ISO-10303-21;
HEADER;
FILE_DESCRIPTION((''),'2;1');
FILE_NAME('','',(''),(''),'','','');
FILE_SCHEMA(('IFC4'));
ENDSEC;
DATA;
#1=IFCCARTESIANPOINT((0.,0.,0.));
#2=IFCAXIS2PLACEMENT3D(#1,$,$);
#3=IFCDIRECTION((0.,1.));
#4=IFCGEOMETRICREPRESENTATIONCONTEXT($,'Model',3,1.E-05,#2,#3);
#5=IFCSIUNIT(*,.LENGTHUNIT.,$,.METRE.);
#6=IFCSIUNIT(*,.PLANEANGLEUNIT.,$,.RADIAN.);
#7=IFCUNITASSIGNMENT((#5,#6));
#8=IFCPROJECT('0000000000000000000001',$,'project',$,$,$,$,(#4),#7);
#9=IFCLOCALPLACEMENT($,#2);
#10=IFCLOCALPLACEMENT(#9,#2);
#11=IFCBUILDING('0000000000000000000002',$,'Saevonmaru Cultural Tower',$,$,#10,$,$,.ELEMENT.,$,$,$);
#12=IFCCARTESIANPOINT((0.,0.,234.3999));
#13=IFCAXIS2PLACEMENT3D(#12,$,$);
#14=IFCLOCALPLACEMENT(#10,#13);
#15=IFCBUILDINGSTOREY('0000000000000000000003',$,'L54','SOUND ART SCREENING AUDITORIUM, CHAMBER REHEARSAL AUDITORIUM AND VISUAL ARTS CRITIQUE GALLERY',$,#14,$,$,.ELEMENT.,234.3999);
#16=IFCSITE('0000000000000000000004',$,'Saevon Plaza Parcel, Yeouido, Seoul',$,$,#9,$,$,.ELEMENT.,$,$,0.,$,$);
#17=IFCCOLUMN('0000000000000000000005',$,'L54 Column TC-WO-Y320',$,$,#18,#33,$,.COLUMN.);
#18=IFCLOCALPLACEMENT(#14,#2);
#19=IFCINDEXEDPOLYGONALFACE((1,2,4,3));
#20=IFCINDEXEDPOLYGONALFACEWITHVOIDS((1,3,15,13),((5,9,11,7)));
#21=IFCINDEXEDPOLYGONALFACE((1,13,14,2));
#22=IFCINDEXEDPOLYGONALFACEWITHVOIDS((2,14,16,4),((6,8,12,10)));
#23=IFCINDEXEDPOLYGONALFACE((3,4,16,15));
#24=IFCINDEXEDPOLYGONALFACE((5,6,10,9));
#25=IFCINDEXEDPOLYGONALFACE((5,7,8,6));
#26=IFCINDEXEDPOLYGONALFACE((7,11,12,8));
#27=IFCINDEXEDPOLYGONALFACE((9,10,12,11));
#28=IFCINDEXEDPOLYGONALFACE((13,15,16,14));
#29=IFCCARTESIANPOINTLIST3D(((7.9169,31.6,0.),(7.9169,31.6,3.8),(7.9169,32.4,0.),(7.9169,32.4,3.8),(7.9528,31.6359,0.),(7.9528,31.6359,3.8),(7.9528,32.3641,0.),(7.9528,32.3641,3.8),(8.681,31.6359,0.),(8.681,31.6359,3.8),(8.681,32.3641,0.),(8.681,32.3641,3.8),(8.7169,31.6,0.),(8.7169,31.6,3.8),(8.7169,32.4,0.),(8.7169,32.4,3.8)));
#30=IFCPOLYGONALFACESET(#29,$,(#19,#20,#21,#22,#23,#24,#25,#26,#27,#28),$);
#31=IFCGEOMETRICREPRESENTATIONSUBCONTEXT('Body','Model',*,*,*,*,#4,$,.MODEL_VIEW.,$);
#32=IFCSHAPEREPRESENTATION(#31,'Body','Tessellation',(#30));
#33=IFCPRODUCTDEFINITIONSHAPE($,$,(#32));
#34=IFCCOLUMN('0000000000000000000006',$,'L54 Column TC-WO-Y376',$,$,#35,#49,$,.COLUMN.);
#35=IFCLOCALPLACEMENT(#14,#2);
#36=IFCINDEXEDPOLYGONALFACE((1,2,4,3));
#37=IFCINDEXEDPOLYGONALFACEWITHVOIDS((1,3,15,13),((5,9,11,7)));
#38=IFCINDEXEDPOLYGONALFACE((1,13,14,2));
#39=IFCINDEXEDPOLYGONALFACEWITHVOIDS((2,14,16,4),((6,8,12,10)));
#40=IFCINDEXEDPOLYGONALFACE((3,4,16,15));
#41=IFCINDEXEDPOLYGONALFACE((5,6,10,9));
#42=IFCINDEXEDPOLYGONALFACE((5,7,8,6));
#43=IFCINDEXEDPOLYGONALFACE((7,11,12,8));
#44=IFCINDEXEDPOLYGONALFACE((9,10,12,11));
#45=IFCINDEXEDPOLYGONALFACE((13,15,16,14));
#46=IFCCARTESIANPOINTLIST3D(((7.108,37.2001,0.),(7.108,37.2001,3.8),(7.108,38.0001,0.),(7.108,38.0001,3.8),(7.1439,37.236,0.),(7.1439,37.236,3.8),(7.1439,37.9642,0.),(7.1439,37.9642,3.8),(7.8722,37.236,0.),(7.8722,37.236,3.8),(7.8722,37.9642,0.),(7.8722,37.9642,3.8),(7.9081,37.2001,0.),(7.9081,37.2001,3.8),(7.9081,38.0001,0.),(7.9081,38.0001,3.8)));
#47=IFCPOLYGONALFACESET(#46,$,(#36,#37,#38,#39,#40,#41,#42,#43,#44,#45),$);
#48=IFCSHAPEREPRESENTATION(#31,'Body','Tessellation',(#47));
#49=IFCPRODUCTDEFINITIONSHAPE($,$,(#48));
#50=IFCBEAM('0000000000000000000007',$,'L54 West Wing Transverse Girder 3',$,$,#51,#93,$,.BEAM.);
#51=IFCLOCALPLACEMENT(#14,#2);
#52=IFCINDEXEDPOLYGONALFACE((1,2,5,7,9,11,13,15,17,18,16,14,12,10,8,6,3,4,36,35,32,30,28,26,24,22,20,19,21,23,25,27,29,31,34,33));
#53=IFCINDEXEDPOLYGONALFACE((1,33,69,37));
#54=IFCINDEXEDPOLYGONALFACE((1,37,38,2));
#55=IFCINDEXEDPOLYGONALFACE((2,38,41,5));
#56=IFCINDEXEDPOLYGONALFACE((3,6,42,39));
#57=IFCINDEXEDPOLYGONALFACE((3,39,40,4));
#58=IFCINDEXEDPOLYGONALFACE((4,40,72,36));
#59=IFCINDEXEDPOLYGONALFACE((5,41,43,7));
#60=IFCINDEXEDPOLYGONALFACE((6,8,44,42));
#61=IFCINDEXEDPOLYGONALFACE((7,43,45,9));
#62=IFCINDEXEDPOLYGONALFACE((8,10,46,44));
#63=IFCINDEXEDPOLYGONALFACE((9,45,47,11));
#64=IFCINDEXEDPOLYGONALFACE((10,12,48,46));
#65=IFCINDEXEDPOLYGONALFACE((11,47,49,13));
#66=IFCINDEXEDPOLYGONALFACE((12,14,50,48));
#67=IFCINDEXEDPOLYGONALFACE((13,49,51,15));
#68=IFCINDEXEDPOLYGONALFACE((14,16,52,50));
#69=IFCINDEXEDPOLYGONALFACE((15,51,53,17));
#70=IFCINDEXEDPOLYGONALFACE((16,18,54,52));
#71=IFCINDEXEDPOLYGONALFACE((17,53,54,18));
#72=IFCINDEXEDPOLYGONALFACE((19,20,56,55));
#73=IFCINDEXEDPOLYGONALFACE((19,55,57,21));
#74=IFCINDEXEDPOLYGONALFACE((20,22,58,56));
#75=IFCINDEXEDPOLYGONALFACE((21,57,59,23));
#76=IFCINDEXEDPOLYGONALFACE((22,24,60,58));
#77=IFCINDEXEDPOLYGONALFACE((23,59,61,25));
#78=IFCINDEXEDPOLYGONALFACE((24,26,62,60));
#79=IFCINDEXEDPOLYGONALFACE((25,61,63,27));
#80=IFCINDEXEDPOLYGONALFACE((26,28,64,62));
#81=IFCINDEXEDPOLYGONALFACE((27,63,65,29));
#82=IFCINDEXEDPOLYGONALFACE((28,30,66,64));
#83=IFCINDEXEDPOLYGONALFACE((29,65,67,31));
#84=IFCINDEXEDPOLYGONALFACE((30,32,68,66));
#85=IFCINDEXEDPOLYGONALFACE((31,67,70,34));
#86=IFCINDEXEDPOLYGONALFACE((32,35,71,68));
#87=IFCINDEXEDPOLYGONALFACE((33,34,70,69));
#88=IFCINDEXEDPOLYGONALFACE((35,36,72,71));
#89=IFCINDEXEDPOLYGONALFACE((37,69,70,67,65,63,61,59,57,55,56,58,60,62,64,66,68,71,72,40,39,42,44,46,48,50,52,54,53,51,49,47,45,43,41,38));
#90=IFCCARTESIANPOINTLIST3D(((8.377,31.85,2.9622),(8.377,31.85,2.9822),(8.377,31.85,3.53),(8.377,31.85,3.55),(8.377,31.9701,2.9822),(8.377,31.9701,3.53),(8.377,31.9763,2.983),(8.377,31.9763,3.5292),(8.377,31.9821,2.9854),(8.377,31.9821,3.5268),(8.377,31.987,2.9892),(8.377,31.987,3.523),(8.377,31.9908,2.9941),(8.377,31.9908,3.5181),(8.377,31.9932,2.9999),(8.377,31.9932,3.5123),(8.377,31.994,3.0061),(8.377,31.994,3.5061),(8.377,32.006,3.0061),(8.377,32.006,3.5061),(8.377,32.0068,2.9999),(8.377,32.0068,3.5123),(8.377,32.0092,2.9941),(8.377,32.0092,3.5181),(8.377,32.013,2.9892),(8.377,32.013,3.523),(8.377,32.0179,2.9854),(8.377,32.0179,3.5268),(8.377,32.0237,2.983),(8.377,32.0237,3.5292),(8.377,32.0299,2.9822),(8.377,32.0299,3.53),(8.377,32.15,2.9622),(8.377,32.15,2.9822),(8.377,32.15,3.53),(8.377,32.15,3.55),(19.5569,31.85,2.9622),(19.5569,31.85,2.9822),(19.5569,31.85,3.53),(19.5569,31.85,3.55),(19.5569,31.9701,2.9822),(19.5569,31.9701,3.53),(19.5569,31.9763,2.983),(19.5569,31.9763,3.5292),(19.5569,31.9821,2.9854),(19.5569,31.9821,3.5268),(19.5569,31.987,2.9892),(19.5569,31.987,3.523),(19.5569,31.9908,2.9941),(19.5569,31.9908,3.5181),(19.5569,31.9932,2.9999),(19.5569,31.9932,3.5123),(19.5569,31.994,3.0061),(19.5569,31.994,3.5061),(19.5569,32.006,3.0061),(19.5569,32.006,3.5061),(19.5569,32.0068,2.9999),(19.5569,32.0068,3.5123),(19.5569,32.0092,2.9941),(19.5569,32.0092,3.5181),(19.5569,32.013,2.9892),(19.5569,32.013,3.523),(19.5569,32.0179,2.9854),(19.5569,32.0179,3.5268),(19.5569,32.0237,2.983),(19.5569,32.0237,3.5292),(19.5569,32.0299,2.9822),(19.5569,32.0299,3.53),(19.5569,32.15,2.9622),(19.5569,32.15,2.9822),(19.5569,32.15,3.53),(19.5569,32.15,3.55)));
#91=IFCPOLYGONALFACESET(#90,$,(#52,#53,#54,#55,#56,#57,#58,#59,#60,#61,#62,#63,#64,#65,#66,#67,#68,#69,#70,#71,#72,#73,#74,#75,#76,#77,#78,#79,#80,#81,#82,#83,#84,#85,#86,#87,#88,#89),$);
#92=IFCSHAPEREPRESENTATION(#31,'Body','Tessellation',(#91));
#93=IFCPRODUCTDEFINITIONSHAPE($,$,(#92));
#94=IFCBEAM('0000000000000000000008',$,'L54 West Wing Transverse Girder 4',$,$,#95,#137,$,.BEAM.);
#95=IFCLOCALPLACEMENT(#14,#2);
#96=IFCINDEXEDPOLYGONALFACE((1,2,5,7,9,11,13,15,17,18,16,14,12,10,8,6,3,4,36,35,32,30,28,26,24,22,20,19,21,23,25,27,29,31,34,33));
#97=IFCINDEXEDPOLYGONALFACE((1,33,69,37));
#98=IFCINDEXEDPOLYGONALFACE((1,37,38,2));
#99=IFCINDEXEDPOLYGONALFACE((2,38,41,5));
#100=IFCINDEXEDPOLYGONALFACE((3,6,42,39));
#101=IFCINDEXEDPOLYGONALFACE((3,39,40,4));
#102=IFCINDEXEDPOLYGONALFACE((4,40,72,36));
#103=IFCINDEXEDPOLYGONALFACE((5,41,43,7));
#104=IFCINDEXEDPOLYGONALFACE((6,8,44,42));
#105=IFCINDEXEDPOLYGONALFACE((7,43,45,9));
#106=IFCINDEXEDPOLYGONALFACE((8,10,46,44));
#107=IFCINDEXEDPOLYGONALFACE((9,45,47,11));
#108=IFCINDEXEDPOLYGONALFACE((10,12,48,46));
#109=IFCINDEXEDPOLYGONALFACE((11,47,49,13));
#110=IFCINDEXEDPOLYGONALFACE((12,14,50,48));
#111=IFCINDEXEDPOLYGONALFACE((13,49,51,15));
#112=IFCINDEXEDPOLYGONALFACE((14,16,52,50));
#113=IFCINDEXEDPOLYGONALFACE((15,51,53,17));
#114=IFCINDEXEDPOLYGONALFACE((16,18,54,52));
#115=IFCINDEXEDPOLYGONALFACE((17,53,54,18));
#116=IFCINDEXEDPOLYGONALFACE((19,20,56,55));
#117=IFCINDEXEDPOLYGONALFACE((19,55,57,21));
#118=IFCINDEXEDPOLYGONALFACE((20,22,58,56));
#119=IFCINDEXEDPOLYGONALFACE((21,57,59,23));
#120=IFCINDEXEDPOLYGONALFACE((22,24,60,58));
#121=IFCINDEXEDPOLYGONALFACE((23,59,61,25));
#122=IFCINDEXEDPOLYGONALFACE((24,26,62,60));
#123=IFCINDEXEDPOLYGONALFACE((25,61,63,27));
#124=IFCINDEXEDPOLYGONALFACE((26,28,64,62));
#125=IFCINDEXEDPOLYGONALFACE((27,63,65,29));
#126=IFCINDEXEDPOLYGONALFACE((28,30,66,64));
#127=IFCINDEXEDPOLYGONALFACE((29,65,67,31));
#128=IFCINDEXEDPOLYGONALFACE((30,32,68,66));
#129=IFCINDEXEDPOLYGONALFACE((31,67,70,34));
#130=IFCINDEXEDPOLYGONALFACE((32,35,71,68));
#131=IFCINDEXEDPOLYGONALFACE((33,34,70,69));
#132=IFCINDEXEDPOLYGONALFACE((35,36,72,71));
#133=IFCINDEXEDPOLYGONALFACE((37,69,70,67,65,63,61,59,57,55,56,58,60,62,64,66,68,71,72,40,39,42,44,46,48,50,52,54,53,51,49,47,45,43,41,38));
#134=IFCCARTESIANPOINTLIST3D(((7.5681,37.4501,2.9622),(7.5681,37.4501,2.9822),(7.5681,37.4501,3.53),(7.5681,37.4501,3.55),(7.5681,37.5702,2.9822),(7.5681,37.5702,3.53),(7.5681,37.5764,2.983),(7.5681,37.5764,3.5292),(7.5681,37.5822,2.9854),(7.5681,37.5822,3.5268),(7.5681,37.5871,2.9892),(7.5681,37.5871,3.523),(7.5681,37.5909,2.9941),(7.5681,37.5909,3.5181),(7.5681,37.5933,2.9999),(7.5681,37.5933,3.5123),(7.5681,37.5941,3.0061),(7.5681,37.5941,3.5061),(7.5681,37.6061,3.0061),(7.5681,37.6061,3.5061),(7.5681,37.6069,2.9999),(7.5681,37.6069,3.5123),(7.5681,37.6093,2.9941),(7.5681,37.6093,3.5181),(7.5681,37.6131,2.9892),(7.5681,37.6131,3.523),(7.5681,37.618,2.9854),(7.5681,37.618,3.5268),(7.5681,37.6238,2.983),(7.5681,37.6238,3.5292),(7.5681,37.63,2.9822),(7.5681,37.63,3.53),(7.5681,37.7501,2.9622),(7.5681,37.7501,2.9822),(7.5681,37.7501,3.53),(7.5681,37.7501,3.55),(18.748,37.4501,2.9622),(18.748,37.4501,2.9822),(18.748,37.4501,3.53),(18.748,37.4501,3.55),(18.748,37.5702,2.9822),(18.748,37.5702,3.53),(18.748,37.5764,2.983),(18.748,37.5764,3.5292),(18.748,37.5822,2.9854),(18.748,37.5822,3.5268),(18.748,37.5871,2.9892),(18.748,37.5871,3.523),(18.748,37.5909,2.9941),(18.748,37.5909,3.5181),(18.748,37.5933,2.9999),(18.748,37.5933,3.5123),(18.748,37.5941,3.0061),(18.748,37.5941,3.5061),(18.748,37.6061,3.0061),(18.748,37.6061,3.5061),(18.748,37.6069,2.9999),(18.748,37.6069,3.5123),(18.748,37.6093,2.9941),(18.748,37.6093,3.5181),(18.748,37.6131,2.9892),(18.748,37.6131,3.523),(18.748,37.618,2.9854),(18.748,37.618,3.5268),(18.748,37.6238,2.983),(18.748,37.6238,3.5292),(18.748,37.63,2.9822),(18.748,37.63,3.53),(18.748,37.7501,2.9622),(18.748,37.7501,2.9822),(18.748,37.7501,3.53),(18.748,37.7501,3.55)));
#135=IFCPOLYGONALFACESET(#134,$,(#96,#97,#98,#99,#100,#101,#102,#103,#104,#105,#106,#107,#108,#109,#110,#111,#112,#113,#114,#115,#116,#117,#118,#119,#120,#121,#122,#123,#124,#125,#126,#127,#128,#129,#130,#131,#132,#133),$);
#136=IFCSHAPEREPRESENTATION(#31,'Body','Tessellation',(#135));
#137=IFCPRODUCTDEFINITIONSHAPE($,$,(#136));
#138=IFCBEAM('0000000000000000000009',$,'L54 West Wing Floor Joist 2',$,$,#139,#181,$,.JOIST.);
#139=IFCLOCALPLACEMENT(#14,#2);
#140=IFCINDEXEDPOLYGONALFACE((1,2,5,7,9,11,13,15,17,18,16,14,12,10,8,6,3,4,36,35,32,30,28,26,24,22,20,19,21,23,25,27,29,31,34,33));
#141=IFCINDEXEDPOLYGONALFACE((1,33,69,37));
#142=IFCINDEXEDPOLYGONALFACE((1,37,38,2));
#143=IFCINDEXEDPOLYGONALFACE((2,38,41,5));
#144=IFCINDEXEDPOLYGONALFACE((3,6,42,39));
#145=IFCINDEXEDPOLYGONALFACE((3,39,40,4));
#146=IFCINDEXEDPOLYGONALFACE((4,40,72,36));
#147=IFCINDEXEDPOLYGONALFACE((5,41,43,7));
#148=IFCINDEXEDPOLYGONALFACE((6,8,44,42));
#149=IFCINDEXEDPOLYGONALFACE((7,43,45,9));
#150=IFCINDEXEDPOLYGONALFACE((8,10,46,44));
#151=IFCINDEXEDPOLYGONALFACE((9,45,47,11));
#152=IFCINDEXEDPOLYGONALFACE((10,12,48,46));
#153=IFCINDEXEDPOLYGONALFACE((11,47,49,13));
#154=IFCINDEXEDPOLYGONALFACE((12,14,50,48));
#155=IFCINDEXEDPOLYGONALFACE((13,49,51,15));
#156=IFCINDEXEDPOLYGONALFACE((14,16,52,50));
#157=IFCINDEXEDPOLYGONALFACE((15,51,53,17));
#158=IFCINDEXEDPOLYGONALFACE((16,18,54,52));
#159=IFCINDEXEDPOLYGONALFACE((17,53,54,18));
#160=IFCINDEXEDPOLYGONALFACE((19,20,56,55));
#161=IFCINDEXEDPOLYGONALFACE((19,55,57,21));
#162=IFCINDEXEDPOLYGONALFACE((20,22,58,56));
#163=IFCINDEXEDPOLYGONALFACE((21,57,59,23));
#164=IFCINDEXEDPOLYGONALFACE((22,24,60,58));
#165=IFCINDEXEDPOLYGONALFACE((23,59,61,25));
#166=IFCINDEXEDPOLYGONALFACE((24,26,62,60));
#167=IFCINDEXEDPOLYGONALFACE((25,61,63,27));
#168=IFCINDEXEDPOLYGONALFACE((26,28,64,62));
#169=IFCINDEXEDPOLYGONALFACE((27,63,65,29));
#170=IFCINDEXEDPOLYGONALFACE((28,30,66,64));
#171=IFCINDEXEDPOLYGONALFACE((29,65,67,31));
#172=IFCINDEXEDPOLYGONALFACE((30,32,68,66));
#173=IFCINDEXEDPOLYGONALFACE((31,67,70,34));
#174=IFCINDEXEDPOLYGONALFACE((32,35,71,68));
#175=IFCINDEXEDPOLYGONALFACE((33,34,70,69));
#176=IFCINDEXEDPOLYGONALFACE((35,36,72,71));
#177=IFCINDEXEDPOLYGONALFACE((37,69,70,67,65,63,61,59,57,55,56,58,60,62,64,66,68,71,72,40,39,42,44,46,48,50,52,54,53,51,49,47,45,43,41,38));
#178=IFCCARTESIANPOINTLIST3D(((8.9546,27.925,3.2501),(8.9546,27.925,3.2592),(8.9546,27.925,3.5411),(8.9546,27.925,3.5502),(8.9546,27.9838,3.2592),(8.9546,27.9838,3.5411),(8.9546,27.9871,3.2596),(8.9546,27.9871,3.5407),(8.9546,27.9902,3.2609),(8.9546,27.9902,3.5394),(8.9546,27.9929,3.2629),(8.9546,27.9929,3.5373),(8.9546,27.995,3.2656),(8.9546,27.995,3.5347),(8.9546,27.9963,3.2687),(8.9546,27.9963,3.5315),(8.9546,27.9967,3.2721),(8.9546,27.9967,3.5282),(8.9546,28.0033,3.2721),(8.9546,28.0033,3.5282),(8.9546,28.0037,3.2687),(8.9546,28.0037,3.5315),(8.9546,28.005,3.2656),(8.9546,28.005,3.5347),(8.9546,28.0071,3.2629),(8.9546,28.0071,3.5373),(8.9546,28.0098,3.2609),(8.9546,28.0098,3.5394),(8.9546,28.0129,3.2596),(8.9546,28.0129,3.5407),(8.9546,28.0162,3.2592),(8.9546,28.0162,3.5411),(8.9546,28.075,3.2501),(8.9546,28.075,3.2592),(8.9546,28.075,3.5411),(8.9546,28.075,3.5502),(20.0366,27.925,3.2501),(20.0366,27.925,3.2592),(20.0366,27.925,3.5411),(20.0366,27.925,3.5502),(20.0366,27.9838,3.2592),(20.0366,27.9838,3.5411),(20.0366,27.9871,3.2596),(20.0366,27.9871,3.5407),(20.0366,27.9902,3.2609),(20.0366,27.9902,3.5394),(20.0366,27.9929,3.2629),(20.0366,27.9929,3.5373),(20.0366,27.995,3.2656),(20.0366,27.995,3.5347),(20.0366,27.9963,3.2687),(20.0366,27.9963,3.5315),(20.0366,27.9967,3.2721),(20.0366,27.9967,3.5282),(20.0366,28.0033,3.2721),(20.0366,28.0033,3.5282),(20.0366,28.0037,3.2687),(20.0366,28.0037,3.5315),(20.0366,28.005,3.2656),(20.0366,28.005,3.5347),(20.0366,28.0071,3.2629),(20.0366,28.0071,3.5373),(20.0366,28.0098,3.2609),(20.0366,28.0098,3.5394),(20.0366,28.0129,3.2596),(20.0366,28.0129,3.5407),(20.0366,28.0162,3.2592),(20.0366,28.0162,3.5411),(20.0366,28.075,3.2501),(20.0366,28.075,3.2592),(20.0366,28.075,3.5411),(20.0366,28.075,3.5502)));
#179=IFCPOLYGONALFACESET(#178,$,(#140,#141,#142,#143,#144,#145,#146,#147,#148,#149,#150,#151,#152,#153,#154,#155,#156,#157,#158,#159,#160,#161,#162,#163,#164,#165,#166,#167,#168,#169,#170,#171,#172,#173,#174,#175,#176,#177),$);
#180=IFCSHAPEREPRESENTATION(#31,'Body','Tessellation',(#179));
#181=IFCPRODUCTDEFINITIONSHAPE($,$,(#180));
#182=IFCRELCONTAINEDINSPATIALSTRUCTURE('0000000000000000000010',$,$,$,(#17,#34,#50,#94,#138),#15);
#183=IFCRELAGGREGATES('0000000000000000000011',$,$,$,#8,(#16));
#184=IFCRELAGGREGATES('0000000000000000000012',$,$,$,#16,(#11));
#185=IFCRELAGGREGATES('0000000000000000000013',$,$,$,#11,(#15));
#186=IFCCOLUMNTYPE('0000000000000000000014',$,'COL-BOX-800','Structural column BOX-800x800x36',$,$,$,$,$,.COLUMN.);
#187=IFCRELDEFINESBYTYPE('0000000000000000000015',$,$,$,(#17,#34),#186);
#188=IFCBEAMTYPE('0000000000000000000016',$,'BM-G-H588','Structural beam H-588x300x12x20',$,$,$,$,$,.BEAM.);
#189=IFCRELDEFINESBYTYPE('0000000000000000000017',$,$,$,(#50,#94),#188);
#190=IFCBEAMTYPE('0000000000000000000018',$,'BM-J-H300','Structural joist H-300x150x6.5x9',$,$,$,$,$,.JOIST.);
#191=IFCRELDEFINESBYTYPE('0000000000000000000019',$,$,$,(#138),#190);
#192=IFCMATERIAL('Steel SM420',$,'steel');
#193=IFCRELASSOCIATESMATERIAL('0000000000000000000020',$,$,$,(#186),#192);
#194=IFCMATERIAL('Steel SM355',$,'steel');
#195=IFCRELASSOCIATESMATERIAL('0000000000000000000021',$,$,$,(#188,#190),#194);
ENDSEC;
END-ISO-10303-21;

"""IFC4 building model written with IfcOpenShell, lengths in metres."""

from ifc_helpers import new_model, si_unit, direction, frame, origin, origin_2d, place, context, subcontext, project, spatial, hollow_rectangle, i_section, extrude, material, material_profile, profile_set, type_object, element, save


model = new_model("IFC4")

# Units and contexts
model_context = context("Model", 3, precision=1e-05, world=origin(), true_north=direction((0.0, 1.0)))
body_context = subcontext(model_context, "Body", "Model", "MODEL_VIEW")
ifc_project = project(units=[si_unit("LENGTHUNIT", "METRE"), si_unit("PLANEANGLEUNIT", "RADIAN")], contexts=[model_context])

# Site, building, storey
site_placement = place(None, origin())
site = spatial("IfcSite", under=ifc_project, at=site_placement, Name="Saevon Plaza Parcel, Yeouido, Seoul", CompositionType="ELEMENT", RefElevation=0.0)
building_placement = place(site_placement, origin())
building = spatial("IfcBuilding", under=site, at=building_placement, Name="Saevonmaru Cultural Tower", CompositionType="ELEMENT")
storey_placement = place(building_placement, frame((0.0, 0.0, 234.3999)))
storey = spatial("IfcBuildingStorey", under=building, at=storey_placement, Name="L54", Description="SOUND ART SCREENING AUDITORIUM, CHAMBER REHEARSAL AUDITORIUM AND VISUAL ARTS CRITIQUE GALLERY", CompositionType="ELEMENT", Elevation=234.3999)

# Columns
ifc_material_1 = material(Name="Steel SM420", Category="steel")
ifc_material_profile_1 = material_profile(ifc_material_1, hollow_rectangle(XDim=0.8, YDim=0.8, WallThickness=0.0359, at=origin_2d()), Name="BOX-800x800x36")
ifc_profile_set_1 = profile_set([ifc_material_profile_1], Name="Steel SM420")
column_type = type_object("IfcColumnType", Name="COL-BOX-800", Description="Structural column BOX-800x800x36", PredefinedType="COLUMN", material=ifc_profile_set_1)
for number, where, z_axis, x_axis, name in (
    (1, (8.3169, 32.0, 0.0), (0.0, 0.0, 1.0), (1.0, 0.0, 0.0), "L54 Column TC-WO-Y320"),
    (2, (7.5081, 37.6001, 0.0), (0.0, 0.0, 1.0), (1.0, 0.0, 0.0), "L54 Column TC-WO-Y376"),
):
    element("IfcColumn", number, at=place(storey_placement, frame(where, z_axis=z_axis, x_axis=x_axis)), inside=storey, type_object=column_type, Name=name, PredefinedType="COLUMN", context=body_context, shape_type="SweptSolid", body=[
        extrude(hollow_rectangle(XDim=0.8, YDim=0.8, WallThickness=0.0359, at=origin_2d()), origin(), (0.0, 0.0, 1.0), 3.8),
    ])

# Beams
ifc_material_2 = material(Name="Steel SM355", Category="steel")
ifc_material_profile_2 = material_profile(ifc_material_2, i_section(OverallWidth=0.3, OverallDepth=0.5879, WebThickness=0.012, FlangeThickness=0.02, FilletRadius=0.0239, at=origin_2d()), Name="H-588x300x12x20")
ifc_profile_set_2 = profile_set([ifc_material_profile_2], Name="Steel SM355")
beam_type_1 = type_object("IfcBeamType", Name="BM-G-H588", Description="Structural beam H-588x300x12x20", PredefinedType="BEAM", material=ifc_profile_set_2)
for number, where, z_axis, x_axis, name in (
    (3, (8.377, 32.0, 3.2561), (1.0, 0.0, 0.0), (0.0, 1.0, 0.0), "L54 West Wing Transverse Girder 3"),
    (4, (7.5681, 37.6001, 3.2561), (1.0, 0.0, 0.0), (0.0, 1.0, 0.0), "L54 West Wing Transverse Girder 4"),
):
    element("IfcBeam", number, at=place(storey_placement, frame(where, z_axis=z_axis, x_axis=x_axis)), inside=storey, type_object=beam_type_1, Name=name, PredefinedType="BEAM", context=body_context, shape_type="SweptSolid", body=[
        extrude(i_section(OverallWidth=0.3, OverallDepth=0.5879, WebThickness=0.012, FlangeThickness=0.02, FilletRadius=0.0239, at=origin_2d()), origin(), (0.0, 0.0, 1.0), 11.1799),
    ])
ifc_material_profile_3 = material_profile(ifc_material_2, i_section(OverallWidth=0.1499, OverallDepth=0.3, WebThickness=0.0066, FlangeThickness=0.009, FilletRadius=0.0129, at=origin_2d()), Name="H-300x150x6.5x9")
ifc_profile_set_3 = profile_set([ifc_material_profile_3], Name="Steel SM355")
beam_type_2 = type_object("IfcBeamType", Name="BM-J-H300", Description="Structural joist H-300x150x6.5x9", PredefinedType="JOIST", material=ifc_profile_set_3)
for number, where, z_axis, x_axis, name in (
    (5, (8.9546, 28.0, 3.4001), (1.0, 0.0, 0.0), (0.0, 1.0, 0.0), "L54 West Wing Floor Joist 2"),
):
    element("IfcBeam", number, at=place(storey_placement, frame(where, z_axis=z_axis, x_axis=x_axis)), inside=storey, type_object=beam_type_2, Name=name, PredefinedType="JOIST", context=body_context, shape_type="SweptSolid", body=[
        extrude(i_section(OverallWidth=0.1499, OverallDepth=0.3, WebThickness=0.0066, FlangeThickness=0.009, FilletRadius=0.0129, at=origin_2d()), origin(), (0.0, 0.0, 1.0), 11.082),
    ])

save(model, "model.ifc")
